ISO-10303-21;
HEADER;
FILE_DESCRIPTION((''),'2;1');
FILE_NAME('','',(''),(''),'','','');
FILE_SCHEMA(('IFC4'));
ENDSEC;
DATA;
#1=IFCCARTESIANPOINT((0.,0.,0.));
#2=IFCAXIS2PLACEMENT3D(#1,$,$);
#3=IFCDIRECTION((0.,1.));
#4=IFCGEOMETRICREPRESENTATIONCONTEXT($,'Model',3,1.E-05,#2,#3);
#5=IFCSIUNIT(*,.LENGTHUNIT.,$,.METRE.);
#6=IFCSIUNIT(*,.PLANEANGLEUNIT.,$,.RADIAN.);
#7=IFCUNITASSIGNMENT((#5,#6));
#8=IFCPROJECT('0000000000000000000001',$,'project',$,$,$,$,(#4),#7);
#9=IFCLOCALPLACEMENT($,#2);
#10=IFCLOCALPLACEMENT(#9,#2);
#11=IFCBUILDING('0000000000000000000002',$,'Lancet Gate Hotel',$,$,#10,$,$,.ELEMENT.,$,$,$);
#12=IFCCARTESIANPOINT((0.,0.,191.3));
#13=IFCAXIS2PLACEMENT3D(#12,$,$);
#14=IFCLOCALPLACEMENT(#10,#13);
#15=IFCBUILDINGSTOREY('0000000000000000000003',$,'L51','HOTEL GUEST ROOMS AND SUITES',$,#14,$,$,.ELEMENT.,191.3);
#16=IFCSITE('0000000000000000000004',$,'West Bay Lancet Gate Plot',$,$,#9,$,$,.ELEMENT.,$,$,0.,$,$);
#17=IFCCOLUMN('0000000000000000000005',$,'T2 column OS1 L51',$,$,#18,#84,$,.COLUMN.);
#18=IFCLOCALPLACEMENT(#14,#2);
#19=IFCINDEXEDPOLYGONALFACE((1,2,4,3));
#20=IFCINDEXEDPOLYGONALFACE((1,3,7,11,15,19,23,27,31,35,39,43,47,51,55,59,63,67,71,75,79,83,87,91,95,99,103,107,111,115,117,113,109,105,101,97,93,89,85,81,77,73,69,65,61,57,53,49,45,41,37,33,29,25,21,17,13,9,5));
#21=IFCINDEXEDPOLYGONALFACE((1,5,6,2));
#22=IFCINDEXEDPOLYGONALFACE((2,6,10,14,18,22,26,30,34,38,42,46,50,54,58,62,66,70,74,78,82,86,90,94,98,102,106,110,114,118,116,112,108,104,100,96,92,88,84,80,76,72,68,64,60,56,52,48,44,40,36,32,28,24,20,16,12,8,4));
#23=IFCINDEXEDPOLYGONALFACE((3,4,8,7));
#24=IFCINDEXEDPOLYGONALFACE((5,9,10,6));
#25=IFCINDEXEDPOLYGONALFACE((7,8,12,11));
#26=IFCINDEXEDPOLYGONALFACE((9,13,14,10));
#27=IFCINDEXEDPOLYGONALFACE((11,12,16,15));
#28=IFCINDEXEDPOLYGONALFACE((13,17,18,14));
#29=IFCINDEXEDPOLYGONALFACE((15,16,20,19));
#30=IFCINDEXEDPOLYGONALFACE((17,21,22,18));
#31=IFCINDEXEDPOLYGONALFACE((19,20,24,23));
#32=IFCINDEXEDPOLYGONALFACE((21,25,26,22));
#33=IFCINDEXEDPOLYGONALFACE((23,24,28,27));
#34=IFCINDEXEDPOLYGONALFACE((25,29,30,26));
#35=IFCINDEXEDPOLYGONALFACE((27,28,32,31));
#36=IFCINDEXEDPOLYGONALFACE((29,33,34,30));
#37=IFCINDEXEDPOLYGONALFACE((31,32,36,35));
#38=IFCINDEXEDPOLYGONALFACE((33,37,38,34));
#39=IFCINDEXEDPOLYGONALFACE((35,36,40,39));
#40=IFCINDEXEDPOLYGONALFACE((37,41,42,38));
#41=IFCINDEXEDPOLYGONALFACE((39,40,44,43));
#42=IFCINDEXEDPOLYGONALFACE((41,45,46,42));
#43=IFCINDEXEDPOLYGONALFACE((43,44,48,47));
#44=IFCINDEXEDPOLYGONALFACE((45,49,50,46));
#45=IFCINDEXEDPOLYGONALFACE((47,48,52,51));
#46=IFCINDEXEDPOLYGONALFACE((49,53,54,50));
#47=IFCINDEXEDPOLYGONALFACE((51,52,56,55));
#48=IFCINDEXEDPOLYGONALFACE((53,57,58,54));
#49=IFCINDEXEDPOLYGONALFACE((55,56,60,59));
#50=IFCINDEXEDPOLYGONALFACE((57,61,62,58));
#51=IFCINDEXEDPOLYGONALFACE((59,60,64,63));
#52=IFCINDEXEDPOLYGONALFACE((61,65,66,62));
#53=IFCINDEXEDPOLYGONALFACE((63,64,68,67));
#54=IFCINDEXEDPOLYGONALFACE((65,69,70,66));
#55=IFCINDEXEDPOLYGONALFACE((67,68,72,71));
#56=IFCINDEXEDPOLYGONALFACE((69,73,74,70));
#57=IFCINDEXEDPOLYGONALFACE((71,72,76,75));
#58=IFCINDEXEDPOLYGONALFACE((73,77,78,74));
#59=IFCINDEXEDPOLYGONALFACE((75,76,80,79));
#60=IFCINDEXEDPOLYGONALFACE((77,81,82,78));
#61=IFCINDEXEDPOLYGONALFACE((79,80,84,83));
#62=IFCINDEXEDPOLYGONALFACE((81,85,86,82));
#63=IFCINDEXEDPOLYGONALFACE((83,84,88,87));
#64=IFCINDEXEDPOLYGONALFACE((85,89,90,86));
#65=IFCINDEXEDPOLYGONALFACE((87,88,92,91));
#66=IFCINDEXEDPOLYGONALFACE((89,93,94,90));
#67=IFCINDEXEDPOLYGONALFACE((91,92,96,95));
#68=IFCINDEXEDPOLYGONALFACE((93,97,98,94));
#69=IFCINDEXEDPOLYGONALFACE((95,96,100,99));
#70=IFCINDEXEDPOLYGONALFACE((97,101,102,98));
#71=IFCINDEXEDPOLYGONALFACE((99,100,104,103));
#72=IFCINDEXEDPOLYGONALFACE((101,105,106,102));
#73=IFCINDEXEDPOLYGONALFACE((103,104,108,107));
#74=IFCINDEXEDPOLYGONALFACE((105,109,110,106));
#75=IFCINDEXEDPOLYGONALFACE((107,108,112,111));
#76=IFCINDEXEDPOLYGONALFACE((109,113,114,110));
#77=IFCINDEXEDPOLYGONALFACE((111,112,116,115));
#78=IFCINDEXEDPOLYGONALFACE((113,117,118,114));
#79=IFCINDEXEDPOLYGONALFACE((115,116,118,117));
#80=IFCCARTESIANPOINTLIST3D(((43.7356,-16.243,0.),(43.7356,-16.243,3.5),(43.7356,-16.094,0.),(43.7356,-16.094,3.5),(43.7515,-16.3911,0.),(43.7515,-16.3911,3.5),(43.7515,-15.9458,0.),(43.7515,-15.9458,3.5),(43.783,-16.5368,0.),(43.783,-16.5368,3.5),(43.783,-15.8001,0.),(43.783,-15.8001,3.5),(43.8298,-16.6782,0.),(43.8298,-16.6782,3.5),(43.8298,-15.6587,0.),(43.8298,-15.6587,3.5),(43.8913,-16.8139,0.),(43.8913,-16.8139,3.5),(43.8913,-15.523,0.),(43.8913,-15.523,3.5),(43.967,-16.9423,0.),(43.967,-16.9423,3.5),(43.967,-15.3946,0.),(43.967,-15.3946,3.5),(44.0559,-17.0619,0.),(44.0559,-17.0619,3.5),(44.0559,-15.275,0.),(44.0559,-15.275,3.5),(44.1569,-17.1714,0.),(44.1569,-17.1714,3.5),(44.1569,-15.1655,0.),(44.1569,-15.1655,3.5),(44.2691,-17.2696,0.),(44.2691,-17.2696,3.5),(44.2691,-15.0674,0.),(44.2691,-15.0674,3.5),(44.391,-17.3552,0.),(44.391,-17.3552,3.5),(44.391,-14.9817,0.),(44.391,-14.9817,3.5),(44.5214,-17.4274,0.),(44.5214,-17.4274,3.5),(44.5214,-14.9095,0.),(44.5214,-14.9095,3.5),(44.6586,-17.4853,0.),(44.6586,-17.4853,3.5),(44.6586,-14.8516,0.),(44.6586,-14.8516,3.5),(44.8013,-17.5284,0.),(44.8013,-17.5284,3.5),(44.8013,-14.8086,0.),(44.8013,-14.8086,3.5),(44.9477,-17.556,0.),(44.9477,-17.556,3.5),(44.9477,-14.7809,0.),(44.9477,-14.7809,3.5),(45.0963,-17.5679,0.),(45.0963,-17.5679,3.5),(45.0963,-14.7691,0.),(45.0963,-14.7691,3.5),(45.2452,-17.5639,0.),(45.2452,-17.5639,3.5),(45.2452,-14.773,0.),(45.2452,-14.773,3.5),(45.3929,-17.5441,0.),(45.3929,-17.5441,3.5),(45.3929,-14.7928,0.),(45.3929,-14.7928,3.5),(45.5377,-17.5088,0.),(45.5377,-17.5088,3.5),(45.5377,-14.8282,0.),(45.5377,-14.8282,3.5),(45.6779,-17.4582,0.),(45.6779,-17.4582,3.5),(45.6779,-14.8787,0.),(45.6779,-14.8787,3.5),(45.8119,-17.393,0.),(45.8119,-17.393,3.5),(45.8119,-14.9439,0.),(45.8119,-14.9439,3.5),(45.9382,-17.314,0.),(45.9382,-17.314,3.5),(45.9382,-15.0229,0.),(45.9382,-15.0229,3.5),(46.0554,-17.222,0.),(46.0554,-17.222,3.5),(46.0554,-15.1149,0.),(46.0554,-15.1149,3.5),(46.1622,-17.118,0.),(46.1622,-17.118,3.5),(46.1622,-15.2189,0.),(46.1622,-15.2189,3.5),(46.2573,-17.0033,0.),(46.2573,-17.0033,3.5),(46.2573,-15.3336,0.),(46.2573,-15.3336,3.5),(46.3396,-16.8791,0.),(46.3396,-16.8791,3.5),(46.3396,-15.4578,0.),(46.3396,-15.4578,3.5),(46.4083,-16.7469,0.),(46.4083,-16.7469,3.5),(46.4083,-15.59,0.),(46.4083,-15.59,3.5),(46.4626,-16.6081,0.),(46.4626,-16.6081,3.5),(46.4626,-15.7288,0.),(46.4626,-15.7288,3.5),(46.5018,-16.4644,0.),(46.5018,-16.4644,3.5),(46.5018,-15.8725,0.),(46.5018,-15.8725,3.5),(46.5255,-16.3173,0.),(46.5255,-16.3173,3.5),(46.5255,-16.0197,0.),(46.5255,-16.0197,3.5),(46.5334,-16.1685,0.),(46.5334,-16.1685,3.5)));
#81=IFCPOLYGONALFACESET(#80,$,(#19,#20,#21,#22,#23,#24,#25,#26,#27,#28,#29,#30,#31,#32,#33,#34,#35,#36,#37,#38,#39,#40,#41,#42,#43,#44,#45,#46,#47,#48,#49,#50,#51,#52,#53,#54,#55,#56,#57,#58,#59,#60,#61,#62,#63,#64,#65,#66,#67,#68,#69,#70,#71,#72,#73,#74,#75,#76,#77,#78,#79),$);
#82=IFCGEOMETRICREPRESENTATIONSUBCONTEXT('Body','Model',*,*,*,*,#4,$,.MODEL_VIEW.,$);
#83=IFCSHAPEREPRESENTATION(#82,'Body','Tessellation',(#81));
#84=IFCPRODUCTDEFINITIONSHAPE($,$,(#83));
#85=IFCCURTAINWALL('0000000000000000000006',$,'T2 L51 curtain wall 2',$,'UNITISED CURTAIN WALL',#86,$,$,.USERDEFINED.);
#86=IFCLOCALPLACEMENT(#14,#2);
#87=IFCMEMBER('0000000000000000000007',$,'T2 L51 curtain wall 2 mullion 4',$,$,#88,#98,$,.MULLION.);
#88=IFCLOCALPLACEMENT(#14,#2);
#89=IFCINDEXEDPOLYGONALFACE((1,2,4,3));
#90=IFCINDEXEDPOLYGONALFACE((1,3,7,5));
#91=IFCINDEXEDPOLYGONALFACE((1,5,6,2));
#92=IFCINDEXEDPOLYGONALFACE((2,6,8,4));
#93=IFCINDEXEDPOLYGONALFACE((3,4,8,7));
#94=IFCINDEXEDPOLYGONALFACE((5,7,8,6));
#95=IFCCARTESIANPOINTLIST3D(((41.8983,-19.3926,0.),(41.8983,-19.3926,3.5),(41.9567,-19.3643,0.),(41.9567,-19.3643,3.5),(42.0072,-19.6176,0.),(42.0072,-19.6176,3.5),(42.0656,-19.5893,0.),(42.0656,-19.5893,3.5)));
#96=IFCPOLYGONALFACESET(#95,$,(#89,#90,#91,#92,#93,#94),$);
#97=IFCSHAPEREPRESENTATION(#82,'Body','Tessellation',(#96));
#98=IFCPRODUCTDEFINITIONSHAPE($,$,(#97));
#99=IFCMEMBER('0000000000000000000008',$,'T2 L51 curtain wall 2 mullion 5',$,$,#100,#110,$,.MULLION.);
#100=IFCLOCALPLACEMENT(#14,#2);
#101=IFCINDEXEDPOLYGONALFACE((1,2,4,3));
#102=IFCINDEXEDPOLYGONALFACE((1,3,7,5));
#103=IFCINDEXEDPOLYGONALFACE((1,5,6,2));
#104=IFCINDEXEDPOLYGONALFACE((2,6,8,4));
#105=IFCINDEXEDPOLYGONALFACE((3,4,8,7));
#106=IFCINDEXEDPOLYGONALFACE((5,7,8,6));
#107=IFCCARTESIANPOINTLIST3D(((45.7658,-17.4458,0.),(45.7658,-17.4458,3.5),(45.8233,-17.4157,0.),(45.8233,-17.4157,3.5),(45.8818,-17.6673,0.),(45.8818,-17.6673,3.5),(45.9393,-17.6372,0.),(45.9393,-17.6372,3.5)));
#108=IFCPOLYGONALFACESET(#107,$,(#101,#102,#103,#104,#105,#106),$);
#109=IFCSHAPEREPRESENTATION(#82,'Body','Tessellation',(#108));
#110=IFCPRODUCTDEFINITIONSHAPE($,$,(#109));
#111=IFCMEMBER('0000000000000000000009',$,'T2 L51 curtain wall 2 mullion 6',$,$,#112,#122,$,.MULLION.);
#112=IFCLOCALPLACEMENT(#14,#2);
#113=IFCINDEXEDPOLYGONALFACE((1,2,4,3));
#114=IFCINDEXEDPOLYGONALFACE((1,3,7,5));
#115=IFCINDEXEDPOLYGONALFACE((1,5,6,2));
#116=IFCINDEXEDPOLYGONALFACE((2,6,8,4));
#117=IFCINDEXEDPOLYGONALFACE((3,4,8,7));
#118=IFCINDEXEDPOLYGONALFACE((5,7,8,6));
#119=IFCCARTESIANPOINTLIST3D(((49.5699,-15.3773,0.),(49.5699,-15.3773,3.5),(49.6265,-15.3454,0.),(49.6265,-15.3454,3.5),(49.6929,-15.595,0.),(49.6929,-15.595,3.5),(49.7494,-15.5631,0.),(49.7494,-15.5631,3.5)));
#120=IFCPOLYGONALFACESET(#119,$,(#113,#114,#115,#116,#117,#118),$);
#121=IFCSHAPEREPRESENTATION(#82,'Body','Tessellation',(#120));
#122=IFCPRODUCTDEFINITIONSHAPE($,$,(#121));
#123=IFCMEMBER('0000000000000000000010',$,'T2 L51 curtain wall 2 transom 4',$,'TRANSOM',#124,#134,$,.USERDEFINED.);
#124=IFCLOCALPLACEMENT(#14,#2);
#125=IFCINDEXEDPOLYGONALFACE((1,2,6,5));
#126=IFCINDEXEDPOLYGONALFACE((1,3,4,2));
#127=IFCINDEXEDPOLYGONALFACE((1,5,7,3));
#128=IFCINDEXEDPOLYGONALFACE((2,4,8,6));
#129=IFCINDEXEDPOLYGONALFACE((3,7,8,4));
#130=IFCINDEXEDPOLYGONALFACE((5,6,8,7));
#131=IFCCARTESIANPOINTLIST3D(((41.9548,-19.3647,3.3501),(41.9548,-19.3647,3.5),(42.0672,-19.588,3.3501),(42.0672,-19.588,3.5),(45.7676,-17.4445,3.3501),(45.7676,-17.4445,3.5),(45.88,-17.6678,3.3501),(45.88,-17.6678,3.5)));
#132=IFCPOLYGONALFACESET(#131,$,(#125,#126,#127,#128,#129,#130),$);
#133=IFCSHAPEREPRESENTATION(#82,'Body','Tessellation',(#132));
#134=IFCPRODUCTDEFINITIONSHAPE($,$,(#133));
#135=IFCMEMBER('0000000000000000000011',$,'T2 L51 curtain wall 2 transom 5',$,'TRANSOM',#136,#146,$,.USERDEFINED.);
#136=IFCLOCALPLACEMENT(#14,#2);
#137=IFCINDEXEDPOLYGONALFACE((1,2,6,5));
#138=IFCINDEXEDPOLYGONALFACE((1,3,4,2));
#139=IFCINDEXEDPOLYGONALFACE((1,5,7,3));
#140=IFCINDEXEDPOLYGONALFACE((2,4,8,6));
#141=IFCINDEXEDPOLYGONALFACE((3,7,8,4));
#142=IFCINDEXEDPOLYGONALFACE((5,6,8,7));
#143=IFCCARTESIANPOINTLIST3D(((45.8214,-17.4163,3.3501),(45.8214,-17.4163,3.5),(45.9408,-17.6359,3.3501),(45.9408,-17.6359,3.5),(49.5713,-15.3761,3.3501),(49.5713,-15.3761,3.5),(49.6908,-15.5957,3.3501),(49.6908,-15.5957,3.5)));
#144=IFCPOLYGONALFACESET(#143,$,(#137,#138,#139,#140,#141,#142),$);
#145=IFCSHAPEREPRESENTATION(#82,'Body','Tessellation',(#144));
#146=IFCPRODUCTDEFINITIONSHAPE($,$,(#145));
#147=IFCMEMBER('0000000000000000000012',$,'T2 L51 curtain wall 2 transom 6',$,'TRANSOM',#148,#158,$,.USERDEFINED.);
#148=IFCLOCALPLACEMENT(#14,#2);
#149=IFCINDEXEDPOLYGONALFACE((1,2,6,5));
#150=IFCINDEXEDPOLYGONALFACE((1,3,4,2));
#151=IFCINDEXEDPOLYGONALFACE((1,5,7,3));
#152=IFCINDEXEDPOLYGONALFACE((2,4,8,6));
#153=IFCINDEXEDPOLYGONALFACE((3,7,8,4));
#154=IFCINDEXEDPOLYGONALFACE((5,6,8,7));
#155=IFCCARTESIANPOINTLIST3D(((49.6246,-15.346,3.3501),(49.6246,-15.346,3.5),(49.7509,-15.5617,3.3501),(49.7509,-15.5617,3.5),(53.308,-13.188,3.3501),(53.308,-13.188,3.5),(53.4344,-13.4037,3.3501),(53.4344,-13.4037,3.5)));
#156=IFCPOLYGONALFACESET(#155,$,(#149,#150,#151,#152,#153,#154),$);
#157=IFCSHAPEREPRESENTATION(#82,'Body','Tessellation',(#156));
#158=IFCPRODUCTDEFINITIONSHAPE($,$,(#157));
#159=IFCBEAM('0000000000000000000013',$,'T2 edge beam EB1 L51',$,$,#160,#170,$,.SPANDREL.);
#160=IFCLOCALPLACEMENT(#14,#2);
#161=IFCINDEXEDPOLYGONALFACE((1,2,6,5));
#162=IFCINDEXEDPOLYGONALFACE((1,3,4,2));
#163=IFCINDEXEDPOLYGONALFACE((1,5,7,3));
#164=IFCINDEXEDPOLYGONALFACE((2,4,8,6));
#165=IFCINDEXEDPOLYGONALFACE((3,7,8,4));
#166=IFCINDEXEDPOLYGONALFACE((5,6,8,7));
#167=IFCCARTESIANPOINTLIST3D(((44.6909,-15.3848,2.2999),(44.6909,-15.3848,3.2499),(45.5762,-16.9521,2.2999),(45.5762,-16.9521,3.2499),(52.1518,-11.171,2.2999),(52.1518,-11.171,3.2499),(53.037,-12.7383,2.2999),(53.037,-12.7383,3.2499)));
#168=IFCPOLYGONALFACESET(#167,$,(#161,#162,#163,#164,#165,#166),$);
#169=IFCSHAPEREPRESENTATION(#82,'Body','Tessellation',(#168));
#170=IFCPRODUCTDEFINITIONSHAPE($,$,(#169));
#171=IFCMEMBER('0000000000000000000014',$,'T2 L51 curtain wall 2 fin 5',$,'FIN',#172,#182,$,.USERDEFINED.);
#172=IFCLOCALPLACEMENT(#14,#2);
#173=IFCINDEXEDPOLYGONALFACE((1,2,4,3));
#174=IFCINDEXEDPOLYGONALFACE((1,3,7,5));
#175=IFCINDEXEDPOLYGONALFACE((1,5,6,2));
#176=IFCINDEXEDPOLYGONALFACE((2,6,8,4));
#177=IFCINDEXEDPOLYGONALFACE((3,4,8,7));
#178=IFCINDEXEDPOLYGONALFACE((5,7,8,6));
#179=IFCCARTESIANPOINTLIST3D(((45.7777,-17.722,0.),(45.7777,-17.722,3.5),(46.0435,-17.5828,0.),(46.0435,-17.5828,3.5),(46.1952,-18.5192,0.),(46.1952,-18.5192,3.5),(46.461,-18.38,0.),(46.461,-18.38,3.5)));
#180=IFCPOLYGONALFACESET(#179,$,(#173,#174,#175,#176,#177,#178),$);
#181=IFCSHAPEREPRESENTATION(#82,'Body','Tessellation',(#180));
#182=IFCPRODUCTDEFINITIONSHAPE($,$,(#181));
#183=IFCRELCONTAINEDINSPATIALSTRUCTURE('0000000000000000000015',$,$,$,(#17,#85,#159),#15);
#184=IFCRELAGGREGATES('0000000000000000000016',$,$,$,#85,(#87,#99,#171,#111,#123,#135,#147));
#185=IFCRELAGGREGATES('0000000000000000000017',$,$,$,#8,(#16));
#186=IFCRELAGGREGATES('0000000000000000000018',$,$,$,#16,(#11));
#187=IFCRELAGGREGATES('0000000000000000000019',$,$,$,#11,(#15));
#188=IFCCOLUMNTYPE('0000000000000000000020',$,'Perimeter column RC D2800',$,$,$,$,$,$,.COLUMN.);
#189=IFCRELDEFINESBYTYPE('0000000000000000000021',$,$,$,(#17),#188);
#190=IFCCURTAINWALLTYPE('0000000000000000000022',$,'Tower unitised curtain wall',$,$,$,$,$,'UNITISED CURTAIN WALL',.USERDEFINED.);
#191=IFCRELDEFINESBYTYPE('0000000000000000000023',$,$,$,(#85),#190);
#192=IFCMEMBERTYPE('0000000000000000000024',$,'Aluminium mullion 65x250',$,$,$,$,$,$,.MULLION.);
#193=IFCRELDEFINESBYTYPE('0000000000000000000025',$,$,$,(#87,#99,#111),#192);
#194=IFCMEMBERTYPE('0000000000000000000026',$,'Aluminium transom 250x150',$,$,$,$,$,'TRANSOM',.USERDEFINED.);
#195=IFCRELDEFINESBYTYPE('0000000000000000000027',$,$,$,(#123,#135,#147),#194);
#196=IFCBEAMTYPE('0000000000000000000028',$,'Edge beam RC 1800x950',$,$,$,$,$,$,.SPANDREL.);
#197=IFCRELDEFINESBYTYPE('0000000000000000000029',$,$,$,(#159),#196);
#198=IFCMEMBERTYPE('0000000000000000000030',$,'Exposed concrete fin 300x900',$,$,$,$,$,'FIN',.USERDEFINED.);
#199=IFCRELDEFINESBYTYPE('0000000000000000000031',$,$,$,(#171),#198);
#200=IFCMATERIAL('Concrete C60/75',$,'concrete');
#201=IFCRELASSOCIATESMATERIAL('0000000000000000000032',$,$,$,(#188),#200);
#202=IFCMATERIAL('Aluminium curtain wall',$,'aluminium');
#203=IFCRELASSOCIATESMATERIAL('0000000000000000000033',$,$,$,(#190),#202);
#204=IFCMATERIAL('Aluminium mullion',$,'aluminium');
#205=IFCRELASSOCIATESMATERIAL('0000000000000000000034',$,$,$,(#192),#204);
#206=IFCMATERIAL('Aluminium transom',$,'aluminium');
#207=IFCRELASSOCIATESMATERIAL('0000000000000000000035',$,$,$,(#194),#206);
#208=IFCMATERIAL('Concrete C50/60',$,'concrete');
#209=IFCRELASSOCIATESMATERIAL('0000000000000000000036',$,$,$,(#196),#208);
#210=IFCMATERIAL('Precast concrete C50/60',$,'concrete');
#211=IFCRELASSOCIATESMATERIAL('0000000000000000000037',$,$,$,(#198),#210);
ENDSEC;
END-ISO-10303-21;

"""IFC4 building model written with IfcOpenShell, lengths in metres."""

from ifc_helpers import new_model, si_unit, direction, frame, origin, origin_2d, place, context, subcontext, project, spatial, rectangle, circle, extrude, material, material_profile, profile_set, type_object, element, aggregate, save


model = new_model("IFC4")

# Units and contexts
model_context = context("Model", 3, precision=1e-05, world=origin(), true_north=direction((0.0, 1.0)))
body_context = subcontext(model_context, "Body", "Model", "MODEL_VIEW")
ifc_project = project(units=[si_unit("LENGTHUNIT", "METRE"), si_unit("PLANEANGLEUNIT", "RADIAN")], contexts=[model_context])

# Site, building, storey
site_placement = place(None, origin())
site = spatial("IfcSite", under=ifc_project, at=site_placement, Name="West Bay Lancet Gate Plot", CompositionType="ELEMENT", RefElevation=0.0)
building_placement = place(site_placement, origin())
building = spatial("IfcBuilding", under=site, at=building_placement, Name="Lancet Gate Hotel", CompositionType="ELEMENT")
storey_placement = place(building_placement, frame((0.0, 0.0, 191.3)))
storey = spatial("IfcBuildingStorey", under=building, at=storey_placement, Name="L51", Description="HOTEL GUEST ROOMS AND SUITES", CompositionType="ELEMENT", Elevation=191.3)

# Column
ifc_material_1 = material(Name="Concrete C60/75", Category="concrete")
ifc_material_profile_1 = material_profile(ifc_material_1, circle(Radius=1.3999, at=origin_2d()), Name="RC D2800")
ifc_profile_set_1 = profile_set([ifc_material_profile_1], Name="Concrete C60/75")
column_type = type_object("IfcColumnType", Name="Perimeter column RC D2800", PredefinedType="COLUMN", material=ifc_profile_set_1)
column_placement = place(storey_placement, frame((45.1335, -16.1685, 0.0), z_axis=(0.0, 0.0, 1.0), x_axis=(1.0, 0.0, 0.0)))
element("IfcColumn", 1, at=column_placement, inside=storey, type_object=column_type, Name="T2 column OS1 L51", PredefinedType="COLUMN", context=body_context, shape_type="SweptSolid", body=[
    extrude(circle(Radius=1.3999, at=origin_2d()), origin(), (0.0, 0.0, 1.0), 3.5),
])

# Curtain wall, members
ifc_material_2 = material(Name="Aluminium curtain wall", Category="aluminium")
curtain_wall_type = type_object("IfcCurtainWallType", Name="Tower unitised curtain wall", ElementType="UNITISED CURTAIN WALL", PredefinedType="USERDEFINED", material=ifc_material_2)
curtain_wall_placement = place(storey_placement, origin())
curtain_wall = element("IfcCurtainWall", 2, at=curtain_wall_placement, inside=storey, type_object=curtain_wall_type, Name="T2 L51 curtain wall 2", ObjectType="UNITISED CURTAIN WALL", PredefinedType="USERDEFINED")
ifc_material_3 = material(Name="Aluminium mullion", Category="aluminium")
ifc_material_profile_2 = material_profile(ifc_material_3, rectangle(XDim=0.0649, YDim=0.25, at=origin_2d()), Name="MULLION 65x250")
ifc_profile_set_2 = profile_set([ifc_material_profile_2], Name="Aluminium mullion")
member_type_1 = type_object("IfcMemberType", Name="Aluminium mullion 65x250", PredefinedType="MULLION", material=ifc_profile_set_2)
member_1_placement = place(storey_placement, frame((41.9819, -19.491, 0.0), z_axis=(0.0, 0.0, 1.0), x_axis=(0.900141, 0.435598, 0.0)))
member_1 = element("IfcMember", 3, at=member_1_placement, type_object=member_type_1, Name="T2 L51 curtain wall 2 mullion 4", PredefinedType="MULLION", context=body_context, shape_type="SweptSolid", body=[
    extrude(rectangle(XDim=0.0649, YDim=0.25, at=origin_2d()), origin(), (0.0, 0.0, 1.0), 3.5),
])
member_2_placement = place(storey_placement, frame((45.8525, -17.5415, 0.0), z_axis=(0.0, 0.0, 1.0), x_axis=(0.885877, 0.46392, 0.0)))
member_2 = element("IfcMember", 4, at=member_2_placement, type_object=member_type_1, Name="T2 L51 curtain wall 2 mullion 5", PredefinedType="MULLION", context=body_context, shape_type="SweptSolid", body=[
    extrude(rectangle(XDim=0.0649, YDim=0.25, at=origin_2d()), origin(), (0.0, 0.0, 1.0), 3.5),
])
member_3_placement = place(storey_placement, frame((49.6597, -15.4702, 0.0), z_axis=(0.0, 0.0, 1.0), x_axis=(0.870722, 0.491776, 0.0)))
member_3 = element("IfcMember", 5, at=member_3_placement, type_object=member_type_1, Name="T2 L51 curtain wall 2 mullion 6", PredefinedType="MULLION", context=body_context, shape_type="SweptSolid", body=[
    extrude(rectangle(XDim=0.0649, YDim=0.25, at=origin_2d()), origin(), (0.0, 0.0, 1.0), 3.5),
])
ifc_material_4 = material(Name="Aluminium transom", Category="aluminium")
ifc_material_profile_3 = material_profile(ifc_material_4, rectangle(XDim=0.25, YDim=0.1499, at=origin_2d()), Name="TRANSOM 250x150")
ifc_profile_set_3 = profile_set([ifc_material_profile_3], Name="Aluminium transom")
member_type_2 = type_object("IfcMemberType", Name="Aluminium transom 250x150", ElementType="TRANSOM", PredefinedType="USERDEFINED", material=ifc_profile_set_3)
member_4_placement = place(storey_placement, frame((42.011, -19.4763, 3.425), z_axis=(0.893131, 0.449797, 0.0), x_axis=(-0.449797, 0.893131, 0.0)))
member_4 = element("IfcMember", 6, at=member_4_placement, type_object=member_type_2, Name="T2 L51 curtain wall 2 transom 4", ObjectType="TRANSOM", PredefinedType="USERDEFINED", context=body_context, shape_type="SweptSolid", body=[
    extrude(rectangle(XDim=0.25, YDim=0.1499, at=origin_2d()), origin(), (0.0, 0.0, 1.0), 4.269),
])
member_5_placement = place(storey_placement, frame((45.8811, -17.5261, 3.425), z_axis=(0.878404, 0.477918, 0.0), x_axis=(-0.477918, 0.878404, 0.0)))
member_5 = element("IfcMember", 7, at=member_5_placement, type_object=member_type_2, Name="T2 L51 curtain wall 2 transom 5", ObjectType="TRANSOM", PredefinedType="USERDEFINED", context=body_context, shape_type="SweptSolid", body=[
    extrude(rectangle(XDim=0.25, YDim=0.1499, at=origin_2d()), origin(), (0.0, 0.0, 1.0), 4.269),
])
member_6_placement = place(storey_placement, frame((49.6877, -15.4539, 3.425), z_axis=(0.862825, 0.505502, 0.0), x_axis=(-0.505502, 0.862825, 0.0)))
member_6 = element("IfcMember", 8, at=member_6_placement, type_object=member_type_2, Name="T2 L51 curtain wall 2 transom 6", ObjectType="TRANSOM", PredefinedType="USERDEFINED", context=body_context, shape_type="SweptSolid", body=[
    extrude(rectangle(XDim=0.25, YDim=0.1499, at=origin_2d()), origin(), (0.0, 0.0, 1.0), 4.269),
])

# Beam
ifc_material_5 = material(Name="Concrete C50/60", Category="concrete")
ifc_material_profile_4 = material_profile(ifc_material_5, rectangle(XDim=1.8, YDim=0.95, at=origin_2d()), Name="RC 1800x950")
ifc_profile_set_4 = profile_set([ifc_material_profile_4], Name="Concrete C50/60")
beam_type_1 = type_object("IfcBeamType", Name="Edge beam RC 1800x950", PredefinedType="SPANDREL", material=ifc_profile_set_4)
beam_1_placement = place(storey_placement, frame((45.1335, -16.1685, 2.7749), z_axis=(0.870722, 0.491776, 0.0), x_axis=(-0.491776, 0.870722, 0.0)))
element("IfcBeam", 9, at=beam_1_placement, inside=storey, type_object=beam_type_1, Name="T2 edge beam EB1 L51", PredefinedType="SPANDREL", context=body_context, shape_type="SweptSolid", body=[
    extrude(rectangle(XDim=1.8, YDim=0.95, at=origin_2d()), origin(), (0.0, 0.0, 1.0), 8.5686),
])

# Member
ifc_material_6 = material(Name="Precast concrete C50/60", Category="concrete")
ifc_material_profile_5 = material_profile(ifc_material_6, rectangle(XDim=0.3, YDim=0.8999, at=origin_2d()), Name="FIN 300x900")
ifc_profile_set_5 = profile_set([ifc_material_profile_5], Name="Precast concrete C50/60")
member_type_3 = type_object("IfcMemberType", Name="Exposed concrete fin 300x900", ElementType="FIN", PredefinedType="USERDEFINED", material=ifc_profile_set_5)
member_7_placement = place(storey_placement, frame((46.1194, -18.051, 0.0), z_axis=(0.0, 0.0, 1.0), x_axis=(0.885877, 0.46392, 0.0)))
member_7 = element("IfcMember", 10, at=member_7_placement, type_object=member_type_3, Name="T2 L51 curtain wall 2 fin 5", ObjectType="FIN", PredefinedType="USERDEFINED", context=body_context, shape_type="SweptSolid", body=[
    extrude(rectangle(XDim=0.3, YDim=0.8999, at=origin_2d()), origin(), (0.0, 0.0, 1.0), 3.5),
])

aggregate(curtain_wall, [member_1, member_2, member_7, member_3, member_4, member_5, member_6])

save(model, "model.ifc")
